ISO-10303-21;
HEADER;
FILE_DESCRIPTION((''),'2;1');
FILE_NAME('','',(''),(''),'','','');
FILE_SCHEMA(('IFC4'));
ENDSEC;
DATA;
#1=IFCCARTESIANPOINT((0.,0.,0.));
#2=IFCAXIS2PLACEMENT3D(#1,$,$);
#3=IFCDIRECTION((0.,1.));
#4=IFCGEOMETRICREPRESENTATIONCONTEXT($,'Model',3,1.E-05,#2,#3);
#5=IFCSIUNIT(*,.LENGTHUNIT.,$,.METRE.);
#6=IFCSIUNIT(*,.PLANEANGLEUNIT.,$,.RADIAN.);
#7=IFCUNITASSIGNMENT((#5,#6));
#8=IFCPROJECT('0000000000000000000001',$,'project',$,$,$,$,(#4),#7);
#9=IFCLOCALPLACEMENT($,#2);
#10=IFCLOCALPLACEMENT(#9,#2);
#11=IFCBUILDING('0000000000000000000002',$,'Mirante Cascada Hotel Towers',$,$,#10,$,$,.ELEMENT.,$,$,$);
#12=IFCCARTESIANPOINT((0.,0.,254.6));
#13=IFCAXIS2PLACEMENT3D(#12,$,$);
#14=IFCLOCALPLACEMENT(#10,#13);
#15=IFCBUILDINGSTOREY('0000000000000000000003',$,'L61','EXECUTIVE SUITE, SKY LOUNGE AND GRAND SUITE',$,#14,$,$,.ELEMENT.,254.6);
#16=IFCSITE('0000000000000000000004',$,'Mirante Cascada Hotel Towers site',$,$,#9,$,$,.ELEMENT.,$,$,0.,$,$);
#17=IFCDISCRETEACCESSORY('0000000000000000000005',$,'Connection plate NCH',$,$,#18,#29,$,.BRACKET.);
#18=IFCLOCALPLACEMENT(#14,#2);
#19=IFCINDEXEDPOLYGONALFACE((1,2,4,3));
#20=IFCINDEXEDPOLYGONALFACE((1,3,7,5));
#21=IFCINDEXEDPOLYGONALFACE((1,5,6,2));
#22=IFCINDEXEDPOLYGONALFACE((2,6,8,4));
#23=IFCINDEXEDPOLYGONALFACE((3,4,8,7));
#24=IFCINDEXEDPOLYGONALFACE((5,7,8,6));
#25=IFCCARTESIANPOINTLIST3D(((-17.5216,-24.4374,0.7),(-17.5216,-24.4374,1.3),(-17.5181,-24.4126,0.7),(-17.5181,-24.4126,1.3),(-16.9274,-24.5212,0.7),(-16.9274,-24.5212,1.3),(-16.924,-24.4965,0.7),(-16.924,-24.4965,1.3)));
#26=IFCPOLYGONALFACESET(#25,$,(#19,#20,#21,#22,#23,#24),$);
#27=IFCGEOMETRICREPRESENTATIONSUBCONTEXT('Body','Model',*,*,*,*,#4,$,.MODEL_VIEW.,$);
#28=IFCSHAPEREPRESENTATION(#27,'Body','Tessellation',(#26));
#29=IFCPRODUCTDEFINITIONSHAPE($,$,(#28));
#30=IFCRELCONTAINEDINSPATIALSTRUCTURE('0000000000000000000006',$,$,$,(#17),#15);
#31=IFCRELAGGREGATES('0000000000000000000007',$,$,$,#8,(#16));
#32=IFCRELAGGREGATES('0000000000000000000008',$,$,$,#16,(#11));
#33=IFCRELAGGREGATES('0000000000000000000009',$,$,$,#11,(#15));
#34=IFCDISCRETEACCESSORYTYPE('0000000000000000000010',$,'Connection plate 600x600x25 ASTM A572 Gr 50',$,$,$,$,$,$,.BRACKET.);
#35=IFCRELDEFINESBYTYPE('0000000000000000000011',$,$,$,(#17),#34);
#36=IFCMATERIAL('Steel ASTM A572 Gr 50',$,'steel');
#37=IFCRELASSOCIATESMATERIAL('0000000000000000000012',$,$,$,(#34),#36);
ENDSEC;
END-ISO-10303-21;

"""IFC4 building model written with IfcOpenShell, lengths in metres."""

from ifc_helpers import new_model, si_unit, direction, frame, origin, origin_2d, place, context, subcontext, project, spatial, rectangle, extrude, material, material_profile, profile_set, type_object, element, save


model = new_model("IFC4")

# Units and contexts
model_context = context("Model", 3, precision=1e-05, world=origin(), true_north=direction((0.0, 1.0)))
body_context = subcontext(model_context, "Body", "Model", "MODEL_VIEW")
ifc_project = project(units=[si_unit("LENGTHUNIT", "METRE"), si_unit("PLANEANGLEUNIT", "RADIAN")], contexts=[model_context])

# Site, building, storey
site_placement = place(None, origin())
site = spatial("IfcSite", under=ifc_project, at=site_placement, Name="Mirante Cascada Hotel Towers site", CompositionType="ELEMENT", RefElevation=0.0)
building_placement = place(site_placement, origin())
building = spatial("IfcBuilding", under=site, at=building_placement, Name="Mirante Cascada Hotel Towers", CompositionType="ELEMENT")
storey_placement = place(building_placement, frame((0.0, 0.0, 254.6)))
storey = spatial("IfcBuildingStorey", under=building, at=storey_placement, Name="L61", Description="EXECUTIVE SUITE, SKY LOUNGE AND GRAND SUITE", CompositionType="ELEMENT", Elevation=254.6)

# Discrete accessory
ifc_material_1 = material(Name="Steel ASTM A572 Gr 50", Category="steel")
ifc_material_profile_1 = material_profile(ifc_material_1, rectangle(XDim=0.6, YDim=0.6, at=origin_2d()), Name="Connection plate 600x600x25 ASTM A572 Gr 50")
ifc_profile_set_1 = profile_set([ifc_material_profile_1], Name="Steel ASTM A572 Gr 50")
discrete_accessory_type = type_object("IfcDiscreteAccessoryType", Name="Connection plate 600x600x25 ASTM A572 Gr 50", PredefinedType="BRACKET", material=ifc_profile_set_1)
discrete_accessory_placement = place(storey_placement, frame((-17.2245, -24.4793, 1.0), z_axis=(0.139744, 0.990188, 0.0), x_axis=(-0.990188, 0.139744, 0.0)))
element("IfcDiscreteAccessory", 1, at=discrete_accessory_placement, inside=storey, type_object=discrete_accessory_type, Name="Connection plate NCH", PredefinedType="BRACKET", context=body_context, shape_type="SweptSolid", body=[
    extrude(rectangle(XDim=0.6, YDim=0.6, at=origin_2d()), origin(), (0.0, 0.0, 1.0), 0.025),
])

save(model, "model.ifc")
